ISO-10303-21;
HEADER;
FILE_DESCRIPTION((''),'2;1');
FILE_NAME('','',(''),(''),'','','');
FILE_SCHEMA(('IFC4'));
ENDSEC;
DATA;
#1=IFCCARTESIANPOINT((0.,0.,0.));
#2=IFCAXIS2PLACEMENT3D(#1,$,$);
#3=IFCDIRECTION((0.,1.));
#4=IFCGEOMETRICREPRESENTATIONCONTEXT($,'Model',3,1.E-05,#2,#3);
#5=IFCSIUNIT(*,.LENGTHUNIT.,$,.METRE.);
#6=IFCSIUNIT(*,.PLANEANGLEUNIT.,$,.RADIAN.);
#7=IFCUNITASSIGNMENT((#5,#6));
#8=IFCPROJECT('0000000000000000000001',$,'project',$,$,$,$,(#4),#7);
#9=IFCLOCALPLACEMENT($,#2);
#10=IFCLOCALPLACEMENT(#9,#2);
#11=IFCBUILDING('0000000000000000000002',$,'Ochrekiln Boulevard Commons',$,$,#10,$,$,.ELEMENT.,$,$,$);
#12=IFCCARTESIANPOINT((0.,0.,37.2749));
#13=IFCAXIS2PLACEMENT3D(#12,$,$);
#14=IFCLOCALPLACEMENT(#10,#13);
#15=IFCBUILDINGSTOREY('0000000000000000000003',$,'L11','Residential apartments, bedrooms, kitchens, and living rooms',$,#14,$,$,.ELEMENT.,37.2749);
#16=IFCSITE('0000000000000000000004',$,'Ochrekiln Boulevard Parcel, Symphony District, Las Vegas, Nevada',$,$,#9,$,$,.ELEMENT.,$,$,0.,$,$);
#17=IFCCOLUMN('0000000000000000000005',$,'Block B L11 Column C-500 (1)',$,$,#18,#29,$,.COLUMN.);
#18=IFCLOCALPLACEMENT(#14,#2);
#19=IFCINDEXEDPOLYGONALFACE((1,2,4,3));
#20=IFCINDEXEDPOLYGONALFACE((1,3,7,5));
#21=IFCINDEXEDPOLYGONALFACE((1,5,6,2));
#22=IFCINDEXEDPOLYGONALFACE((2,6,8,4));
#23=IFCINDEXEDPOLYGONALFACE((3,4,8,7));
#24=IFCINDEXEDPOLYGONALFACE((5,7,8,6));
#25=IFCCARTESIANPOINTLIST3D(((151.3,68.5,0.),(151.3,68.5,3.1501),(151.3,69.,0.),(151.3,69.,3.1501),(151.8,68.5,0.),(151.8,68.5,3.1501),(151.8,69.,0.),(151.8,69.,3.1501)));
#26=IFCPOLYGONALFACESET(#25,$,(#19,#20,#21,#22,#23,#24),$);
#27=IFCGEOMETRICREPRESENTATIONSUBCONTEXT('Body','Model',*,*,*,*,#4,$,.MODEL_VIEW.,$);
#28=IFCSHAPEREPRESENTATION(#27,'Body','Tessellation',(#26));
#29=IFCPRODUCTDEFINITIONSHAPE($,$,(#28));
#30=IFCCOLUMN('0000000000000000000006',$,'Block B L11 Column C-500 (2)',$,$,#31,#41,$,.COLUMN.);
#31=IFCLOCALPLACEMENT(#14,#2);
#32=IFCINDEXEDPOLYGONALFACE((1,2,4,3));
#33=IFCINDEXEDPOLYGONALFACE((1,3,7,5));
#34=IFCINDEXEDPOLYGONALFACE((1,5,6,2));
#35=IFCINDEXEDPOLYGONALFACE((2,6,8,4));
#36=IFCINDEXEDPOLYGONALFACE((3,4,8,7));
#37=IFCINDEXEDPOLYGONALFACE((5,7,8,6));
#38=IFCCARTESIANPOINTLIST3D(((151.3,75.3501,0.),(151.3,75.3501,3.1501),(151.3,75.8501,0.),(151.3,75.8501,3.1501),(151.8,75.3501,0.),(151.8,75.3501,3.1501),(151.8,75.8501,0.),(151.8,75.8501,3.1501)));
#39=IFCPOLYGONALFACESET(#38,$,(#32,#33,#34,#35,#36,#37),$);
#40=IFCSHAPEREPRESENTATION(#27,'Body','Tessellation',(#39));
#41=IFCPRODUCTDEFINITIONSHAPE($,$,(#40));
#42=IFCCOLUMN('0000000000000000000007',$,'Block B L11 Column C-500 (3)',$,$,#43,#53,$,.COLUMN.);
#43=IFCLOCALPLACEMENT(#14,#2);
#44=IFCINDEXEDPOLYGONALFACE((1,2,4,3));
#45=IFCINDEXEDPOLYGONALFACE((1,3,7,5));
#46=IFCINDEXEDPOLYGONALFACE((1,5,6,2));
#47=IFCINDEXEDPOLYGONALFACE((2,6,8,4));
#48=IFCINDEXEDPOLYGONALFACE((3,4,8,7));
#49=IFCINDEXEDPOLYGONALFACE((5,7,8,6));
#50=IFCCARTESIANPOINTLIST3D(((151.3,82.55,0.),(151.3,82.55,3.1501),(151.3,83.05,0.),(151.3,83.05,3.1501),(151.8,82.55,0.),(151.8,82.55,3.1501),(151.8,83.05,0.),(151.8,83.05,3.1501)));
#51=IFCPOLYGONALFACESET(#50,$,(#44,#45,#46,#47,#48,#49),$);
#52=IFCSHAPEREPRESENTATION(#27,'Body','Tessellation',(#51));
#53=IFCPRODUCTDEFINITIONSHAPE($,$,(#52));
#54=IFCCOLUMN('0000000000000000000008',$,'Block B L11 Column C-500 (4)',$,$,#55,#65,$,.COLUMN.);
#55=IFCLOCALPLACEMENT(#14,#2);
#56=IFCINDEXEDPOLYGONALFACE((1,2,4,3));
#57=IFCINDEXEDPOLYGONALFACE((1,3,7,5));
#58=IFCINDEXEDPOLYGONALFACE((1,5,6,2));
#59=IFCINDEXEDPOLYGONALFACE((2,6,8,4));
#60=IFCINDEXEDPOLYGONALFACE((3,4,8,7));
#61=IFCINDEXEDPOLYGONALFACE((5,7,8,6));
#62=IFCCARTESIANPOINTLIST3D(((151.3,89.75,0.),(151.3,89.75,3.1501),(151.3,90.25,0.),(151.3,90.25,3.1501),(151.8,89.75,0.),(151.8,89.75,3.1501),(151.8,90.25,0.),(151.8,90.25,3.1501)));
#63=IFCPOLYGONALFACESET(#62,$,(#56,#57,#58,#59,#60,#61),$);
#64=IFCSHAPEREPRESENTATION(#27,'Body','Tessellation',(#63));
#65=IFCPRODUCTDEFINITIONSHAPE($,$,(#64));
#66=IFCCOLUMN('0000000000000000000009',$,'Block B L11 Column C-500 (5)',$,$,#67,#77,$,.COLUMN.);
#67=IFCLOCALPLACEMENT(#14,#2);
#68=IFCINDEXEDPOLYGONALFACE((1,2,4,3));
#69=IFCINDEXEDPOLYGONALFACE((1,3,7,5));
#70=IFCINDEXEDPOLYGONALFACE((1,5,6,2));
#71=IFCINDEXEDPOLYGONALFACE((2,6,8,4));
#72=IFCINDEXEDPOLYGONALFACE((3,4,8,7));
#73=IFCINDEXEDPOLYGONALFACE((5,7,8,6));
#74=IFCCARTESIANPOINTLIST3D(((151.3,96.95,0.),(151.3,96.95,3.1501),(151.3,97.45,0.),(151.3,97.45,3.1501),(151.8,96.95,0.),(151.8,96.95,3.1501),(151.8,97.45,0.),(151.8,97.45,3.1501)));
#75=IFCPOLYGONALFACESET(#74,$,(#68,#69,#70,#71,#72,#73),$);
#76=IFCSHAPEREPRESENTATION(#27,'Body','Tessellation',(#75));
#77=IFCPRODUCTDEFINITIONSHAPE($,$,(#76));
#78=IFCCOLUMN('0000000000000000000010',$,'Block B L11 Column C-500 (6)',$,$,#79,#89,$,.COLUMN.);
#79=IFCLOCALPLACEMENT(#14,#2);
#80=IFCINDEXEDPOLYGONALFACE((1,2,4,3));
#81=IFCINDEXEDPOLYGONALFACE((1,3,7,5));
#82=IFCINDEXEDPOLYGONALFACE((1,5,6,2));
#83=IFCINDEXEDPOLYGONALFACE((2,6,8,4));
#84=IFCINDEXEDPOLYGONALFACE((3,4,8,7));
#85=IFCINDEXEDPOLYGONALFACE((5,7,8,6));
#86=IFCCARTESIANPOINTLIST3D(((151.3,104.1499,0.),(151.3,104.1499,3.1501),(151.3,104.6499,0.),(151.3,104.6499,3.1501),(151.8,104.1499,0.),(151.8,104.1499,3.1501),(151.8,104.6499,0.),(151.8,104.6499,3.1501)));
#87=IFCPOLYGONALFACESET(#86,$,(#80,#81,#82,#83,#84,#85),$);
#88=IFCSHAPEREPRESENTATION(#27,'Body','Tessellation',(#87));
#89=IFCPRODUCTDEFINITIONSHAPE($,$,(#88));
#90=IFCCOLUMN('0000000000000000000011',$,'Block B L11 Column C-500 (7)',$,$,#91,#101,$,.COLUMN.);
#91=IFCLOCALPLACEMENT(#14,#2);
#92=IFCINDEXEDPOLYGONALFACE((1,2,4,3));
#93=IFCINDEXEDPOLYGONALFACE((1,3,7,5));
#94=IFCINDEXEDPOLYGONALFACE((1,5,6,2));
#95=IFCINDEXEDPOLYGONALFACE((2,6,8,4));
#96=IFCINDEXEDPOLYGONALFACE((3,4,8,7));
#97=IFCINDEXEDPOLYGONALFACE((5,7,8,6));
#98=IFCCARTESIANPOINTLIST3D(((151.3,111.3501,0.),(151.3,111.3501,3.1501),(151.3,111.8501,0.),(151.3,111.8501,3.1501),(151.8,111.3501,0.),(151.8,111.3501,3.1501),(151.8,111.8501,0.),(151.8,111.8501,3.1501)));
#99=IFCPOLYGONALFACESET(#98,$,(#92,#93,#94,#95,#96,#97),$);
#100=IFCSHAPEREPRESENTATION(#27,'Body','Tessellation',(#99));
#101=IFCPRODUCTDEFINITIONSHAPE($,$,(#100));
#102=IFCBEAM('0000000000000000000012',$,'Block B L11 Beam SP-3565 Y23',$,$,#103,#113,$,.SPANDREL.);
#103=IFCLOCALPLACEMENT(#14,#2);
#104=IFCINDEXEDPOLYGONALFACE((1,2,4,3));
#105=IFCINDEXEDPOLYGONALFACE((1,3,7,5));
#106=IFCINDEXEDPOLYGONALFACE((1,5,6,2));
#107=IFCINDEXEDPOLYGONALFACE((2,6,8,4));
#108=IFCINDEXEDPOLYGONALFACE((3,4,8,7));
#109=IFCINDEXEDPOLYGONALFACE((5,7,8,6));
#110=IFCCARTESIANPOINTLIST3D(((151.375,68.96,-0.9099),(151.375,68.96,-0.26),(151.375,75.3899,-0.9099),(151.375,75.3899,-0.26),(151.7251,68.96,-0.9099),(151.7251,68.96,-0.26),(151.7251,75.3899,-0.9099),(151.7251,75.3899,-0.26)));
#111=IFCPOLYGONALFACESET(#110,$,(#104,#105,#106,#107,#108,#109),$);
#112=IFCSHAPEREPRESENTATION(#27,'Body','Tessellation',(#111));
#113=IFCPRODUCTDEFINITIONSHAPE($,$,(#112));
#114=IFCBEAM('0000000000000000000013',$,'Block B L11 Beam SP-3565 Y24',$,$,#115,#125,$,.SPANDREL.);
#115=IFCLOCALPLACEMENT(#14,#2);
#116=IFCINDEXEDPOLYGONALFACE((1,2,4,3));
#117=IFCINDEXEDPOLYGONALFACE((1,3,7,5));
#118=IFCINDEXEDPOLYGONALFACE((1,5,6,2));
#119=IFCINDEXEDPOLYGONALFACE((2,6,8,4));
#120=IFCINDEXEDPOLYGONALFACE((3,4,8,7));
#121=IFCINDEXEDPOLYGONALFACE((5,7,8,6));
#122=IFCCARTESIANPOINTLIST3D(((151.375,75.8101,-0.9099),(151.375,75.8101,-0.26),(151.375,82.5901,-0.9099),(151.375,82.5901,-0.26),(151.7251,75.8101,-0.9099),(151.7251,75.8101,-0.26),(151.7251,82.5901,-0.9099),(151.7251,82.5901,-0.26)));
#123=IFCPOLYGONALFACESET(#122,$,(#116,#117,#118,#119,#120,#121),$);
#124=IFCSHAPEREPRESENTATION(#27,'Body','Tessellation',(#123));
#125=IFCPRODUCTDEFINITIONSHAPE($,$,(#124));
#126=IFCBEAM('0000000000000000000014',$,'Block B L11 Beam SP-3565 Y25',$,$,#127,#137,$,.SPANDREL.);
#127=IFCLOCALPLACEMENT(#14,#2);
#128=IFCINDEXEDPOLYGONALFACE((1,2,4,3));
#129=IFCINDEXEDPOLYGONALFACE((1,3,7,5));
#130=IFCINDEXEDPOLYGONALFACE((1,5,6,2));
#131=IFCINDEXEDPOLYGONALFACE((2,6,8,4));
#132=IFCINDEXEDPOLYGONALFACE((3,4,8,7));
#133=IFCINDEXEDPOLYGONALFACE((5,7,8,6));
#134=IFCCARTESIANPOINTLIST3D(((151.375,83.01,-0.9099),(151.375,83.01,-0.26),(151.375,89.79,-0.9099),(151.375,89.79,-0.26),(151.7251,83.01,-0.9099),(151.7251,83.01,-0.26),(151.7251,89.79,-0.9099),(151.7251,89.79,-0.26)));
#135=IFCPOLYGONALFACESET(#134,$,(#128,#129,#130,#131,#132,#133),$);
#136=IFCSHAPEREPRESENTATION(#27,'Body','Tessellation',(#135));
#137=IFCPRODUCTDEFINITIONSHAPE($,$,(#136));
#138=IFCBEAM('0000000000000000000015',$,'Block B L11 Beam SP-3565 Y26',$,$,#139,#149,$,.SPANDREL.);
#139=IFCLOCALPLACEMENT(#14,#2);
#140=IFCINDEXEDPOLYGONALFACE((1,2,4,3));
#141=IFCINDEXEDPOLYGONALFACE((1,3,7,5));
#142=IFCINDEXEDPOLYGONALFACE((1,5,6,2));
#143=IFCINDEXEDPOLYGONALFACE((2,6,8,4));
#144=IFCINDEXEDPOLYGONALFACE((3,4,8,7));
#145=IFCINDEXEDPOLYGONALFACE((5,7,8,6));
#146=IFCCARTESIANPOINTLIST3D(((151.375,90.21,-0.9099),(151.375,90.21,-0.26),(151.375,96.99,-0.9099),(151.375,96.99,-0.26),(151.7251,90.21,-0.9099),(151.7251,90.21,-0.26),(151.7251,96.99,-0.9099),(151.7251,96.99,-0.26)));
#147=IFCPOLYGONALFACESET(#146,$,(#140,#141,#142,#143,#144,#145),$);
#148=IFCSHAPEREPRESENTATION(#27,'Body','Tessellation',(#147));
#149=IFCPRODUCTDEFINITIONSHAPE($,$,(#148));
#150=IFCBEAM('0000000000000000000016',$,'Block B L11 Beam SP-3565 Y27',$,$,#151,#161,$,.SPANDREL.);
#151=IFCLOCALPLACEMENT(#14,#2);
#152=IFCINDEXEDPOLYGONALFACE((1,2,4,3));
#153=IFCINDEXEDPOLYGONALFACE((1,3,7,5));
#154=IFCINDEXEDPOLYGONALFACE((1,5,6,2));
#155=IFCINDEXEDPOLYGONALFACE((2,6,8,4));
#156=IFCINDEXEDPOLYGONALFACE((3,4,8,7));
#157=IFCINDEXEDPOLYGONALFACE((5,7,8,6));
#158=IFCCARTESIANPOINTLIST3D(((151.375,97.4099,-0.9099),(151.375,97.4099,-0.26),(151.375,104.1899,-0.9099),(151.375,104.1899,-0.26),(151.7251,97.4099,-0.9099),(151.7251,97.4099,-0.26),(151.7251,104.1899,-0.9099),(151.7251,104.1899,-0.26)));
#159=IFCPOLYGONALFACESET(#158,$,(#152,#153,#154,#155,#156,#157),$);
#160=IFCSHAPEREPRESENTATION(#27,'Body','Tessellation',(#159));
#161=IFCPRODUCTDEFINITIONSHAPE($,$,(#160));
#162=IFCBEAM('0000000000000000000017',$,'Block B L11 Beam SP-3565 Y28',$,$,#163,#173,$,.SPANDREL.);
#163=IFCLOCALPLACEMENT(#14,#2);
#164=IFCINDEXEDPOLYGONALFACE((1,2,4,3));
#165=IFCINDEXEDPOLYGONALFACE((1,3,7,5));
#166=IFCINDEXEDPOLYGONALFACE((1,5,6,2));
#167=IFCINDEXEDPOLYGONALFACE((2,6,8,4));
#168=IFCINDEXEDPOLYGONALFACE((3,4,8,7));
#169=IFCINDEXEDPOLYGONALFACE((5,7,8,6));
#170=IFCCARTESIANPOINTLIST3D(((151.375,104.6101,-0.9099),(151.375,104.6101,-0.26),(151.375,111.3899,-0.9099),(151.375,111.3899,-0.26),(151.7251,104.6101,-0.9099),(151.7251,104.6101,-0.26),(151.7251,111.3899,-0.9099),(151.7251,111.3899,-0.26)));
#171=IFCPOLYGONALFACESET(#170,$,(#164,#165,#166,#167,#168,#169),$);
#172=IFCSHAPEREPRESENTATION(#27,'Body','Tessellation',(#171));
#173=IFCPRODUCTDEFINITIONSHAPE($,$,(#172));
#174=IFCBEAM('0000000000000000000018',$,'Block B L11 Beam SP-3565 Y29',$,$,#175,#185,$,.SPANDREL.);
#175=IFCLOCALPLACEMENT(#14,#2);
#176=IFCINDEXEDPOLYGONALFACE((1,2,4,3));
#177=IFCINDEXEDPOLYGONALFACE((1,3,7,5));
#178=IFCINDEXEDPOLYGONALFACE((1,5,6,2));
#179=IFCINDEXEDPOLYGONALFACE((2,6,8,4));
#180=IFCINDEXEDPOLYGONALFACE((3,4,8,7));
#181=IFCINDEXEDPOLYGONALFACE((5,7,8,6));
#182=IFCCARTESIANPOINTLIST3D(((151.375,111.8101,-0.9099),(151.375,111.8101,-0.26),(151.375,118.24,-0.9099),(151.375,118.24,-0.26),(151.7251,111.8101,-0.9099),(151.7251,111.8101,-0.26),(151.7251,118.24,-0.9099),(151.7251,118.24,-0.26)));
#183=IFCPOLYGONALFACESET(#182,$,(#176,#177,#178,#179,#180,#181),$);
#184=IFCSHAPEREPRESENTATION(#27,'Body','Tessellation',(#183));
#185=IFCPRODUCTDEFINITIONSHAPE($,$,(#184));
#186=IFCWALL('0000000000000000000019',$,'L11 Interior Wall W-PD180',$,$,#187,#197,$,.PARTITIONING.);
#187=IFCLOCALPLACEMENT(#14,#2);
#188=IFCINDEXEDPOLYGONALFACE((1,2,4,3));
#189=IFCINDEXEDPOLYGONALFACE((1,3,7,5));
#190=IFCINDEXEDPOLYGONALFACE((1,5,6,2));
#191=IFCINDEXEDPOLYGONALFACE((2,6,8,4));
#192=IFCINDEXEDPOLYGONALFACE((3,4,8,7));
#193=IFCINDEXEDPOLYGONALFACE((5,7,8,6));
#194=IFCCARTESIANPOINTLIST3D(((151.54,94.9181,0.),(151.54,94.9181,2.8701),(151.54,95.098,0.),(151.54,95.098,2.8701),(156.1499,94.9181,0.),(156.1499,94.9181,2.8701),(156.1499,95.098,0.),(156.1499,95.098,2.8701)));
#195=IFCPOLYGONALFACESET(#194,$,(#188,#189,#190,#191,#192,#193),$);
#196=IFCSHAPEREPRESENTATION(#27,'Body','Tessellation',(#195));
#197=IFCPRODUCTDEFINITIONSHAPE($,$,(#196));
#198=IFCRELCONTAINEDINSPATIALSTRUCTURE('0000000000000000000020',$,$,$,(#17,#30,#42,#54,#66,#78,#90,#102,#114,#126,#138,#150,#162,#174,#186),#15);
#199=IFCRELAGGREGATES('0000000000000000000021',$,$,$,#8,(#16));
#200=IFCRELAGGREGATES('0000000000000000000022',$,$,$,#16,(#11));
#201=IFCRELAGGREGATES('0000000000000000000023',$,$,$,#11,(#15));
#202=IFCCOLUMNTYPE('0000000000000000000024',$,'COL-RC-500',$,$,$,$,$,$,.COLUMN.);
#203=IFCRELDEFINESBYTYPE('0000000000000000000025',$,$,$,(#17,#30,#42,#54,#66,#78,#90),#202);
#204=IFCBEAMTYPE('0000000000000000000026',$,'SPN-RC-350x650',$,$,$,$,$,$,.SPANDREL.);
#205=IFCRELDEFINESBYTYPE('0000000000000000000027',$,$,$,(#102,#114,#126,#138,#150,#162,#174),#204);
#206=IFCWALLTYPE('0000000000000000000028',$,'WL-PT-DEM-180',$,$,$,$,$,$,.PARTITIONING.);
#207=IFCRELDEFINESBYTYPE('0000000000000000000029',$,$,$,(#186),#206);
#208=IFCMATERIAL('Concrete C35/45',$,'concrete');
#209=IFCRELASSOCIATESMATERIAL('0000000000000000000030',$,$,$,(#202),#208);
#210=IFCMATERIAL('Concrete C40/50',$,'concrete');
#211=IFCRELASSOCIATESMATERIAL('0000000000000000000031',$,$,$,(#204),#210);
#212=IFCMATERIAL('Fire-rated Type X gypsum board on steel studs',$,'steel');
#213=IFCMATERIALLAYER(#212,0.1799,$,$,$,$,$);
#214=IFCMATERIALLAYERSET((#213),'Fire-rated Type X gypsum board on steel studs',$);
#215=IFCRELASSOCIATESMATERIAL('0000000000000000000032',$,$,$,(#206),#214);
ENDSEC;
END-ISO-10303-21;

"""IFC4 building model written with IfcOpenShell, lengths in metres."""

from ifc_helpers import new_model, si_unit, direction, frame, frame_2d, origin, origin_2d, place, context, subcontext, project, spatial, rectangle, extrude, material, layer, layer_set, material_profile, profile_set, type_object, element, save


model = new_model("IFC4")

# Units and contexts
model_context = context("Model", 3, precision=1e-05, world=origin(), true_north=direction((0.0, 1.0)))
body_context = subcontext(model_context, "Body", "Model", "MODEL_VIEW")
ifc_project = project(units=[si_unit("LENGTHUNIT", "METRE"), si_unit("PLANEANGLEUNIT", "RADIAN")], contexts=[model_context])

# Site, building, storey
site_placement = place(None, origin())
site = spatial("IfcSite", under=ifc_project, at=site_placement, Name="Ochrekiln Boulevard Parcel, Symphony District, Las Vegas, Nevada", CompositionType="ELEMENT", RefElevation=0.0)
building_placement = place(site_placement, origin())
building = spatial("IfcBuilding", under=site, at=building_placement, Name="Ochrekiln Boulevard Commons", CompositionType="ELEMENT")
storey_placement = place(building_placement, frame((0.0, 0.0, 37.2749)))
storey = spatial("IfcBuildingStorey", under=building, at=storey_placement, Name="L11", Description="Residential apartments, bedrooms, kitchens, and living rooms", CompositionType="ELEMENT", Elevation=37.2749)

# Columns
ifc_material_1 = material(Name="Concrete C35/45", Category="concrete")
ifc_material_profile_1 = material_profile(ifc_material_1, rectangle(XDim=0.5, YDim=0.5, at=origin_2d()), Name="RC-COL-500x500")
ifc_profile_set_1 = profile_set([ifc_material_profile_1], Name="Concrete C35/45")
column_type = type_object("IfcColumnType", Name="COL-RC-500", PredefinedType="COLUMN", material=ifc_profile_set_1)
for number, where, z_axis, x_axis, name in (
    (1, (151.55, 68.75, 0.0), (0.0, 0.0, 1.0), (1.0, 0.0, 0.0), "Block B L11 Column C-500 (1)"),
    (2, (151.55, 75.6001, 0.0), (0.0, 0.0, 1.0), (1.0, 0.0, 0.0), "Block B L11 Column C-500 (2)"),
    (3, (151.55, 82.8, 0.0), (0.0, 0.0, 1.0), (1.0, 0.0, 0.0), "Block B L11 Column C-500 (3)"),
    (4, (151.55, 90.0, 0.0), (0.0, 0.0, 1.0), (1.0, 0.0, 0.0), "Block B L11 Column C-500 (4)"),
    (5, (151.55, 97.2, 0.0), (0.0, 0.0, 1.0), (1.0, 0.0, 0.0), "Block B L11 Column C-500 (5)"),
    (6, (151.55, 104.3999, 0.0), (0.0, 0.0, 1.0), (1.0, 0.0, 0.0), "Block B L11 Column C-500 (6)"),
    (7, (151.55, 111.6001, 0.0), (0.0, 0.0, 1.0), (1.0, 0.0, 0.0), "Block B L11 Column C-500 (7)"),
):
    element("IfcColumn", number, at=place(storey_placement, frame(where, z_axis=z_axis, x_axis=x_axis)), inside=storey, type_object=column_type, Name=name, PredefinedType="COLUMN", context=body_context, shape_type="SweptSolid", body=[
        extrude(rectangle(XDim=0.5, YDim=0.5, at=origin_2d()), origin(), (0.0, 0.0, 1.0), 3.1501),
    ])

# Beams
ifc_material_2 = material(Name="Concrete C40/50", Category="concrete")
ifc_material_profile_2 = material_profile(ifc_material_2, rectangle(XDim=0.3501, YDim=0.6499, at=origin_2d()), Name="RC-SPN-350x650")
ifc_profile_set_2 = profile_set([ifc_material_profile_2], Name="Concrete C40/50")
beam_type = type_object("IfcBeamType", Name="SPN-RC-350x650", PredefinedType="SPANDREL", material=ifc_profile_set_2)
beam_1_placement = place(storey_placement, frame((151.55, 68.96, -0.585), z_axis=(0.0, 1.0, 0.0), x_axis=(-1.0, 0.0, 0.0)))
element("IfcBeam", 8, at=beam_1_placement, inside=storey, type_object=beam_type, Name="Block B L11 Beam SP-3565 Y23", PredefinedType="SPANDREL", context=body_context, shape_type="SweptSolid", body=[
    extrude(rectangle(XDim=0.3501, YDim=0.6499, at=origin_2d()), origin(), (0.0, 0.0, 1.0), 6.4299),
])
for number, where, z_axis, x_axis, name in (
    (9, (151.55, 75.8101, -0.585), (0.0, 1.0, 0.0), (-1.0, 0.0, 0.0), "Block B L11 Beam SP-3565 Y24"),
    (10, (151.55, 83.01, -0.585), (0.0, 1.0, 0.0), (-1.0, 0.0, 0.0), "Block B L11 Beam SP-3565 Y25"),
    (11, (151.55, 90.21, -0.585), (0.0, 1.0, 0.0), (-1.0, 0.0, 0.0), "Block B L11 Beam SP-3565 Y26"),
    (12, (151.55, 97.4099, -0.585), (0.0, 1.0, 0.0), (-1.0, 0.0, 0.0), "Block B L11 Beam SP-3565 Y27"),
):
    element("IfcBeam", number, at=place(storey_placement, frame(where, z_axis=z_axis, x_axis=x_axis)), inside=storey, type_object=beam_type, Name=name, PredefinedType="SPANDREL", context=body_context, shape_type="SweptSolid", body=[
        extrude(rectangle(XDim=0.3501, YDim=0.6499, at=origin_2d()), origin(), (0.0, 0.0, 1.0), 6.78),
    ])
beam_2_placement = place(storey_placement, frame((151.55, 104.6101, -0.585), z_axis=(0.0, 1.0, 0.0), x_axis=(-1.0, 0.0, 0.0)))
element("IfcBeam", 13, at=beam_2_placement, inside=storey, type_object=beam_type, Name="Block B L11 Beam SP-3565 Y28", PredefinedType="SPANDREL", context=body_context, shape_type="SweptSolid", body=[
    extrude(rectangle(XDim=0.3501, YDim=0.6499, at=origin_2d()), origin(), (0.0, 0.0, 1.0), 6.7798),
])
beam_3_placement = place(storey_placement, frame((151.55, 111.8101, -0.585), z_axis=(0.0, 1.0, 0.0), x_axis=(-1.0, 0.0, 0.0)))
element("IfcBeam", 14, at=beam_3_placement, inside=storey, type_object=beam_type, Name="Block B L11 Beam SP-3565 Y29", PredefinedType="SPANDREL", context=body_context, shape_type="SweptSolid", body=[
    extrude(rectangle(XDim=0.3501, YDim=0.6499, at=origin_2d()), origin(), (0.0, 0.0, 1.0), 6.4299),
])

# Wall
ifc_material_3 = material(Name="Fire-rated Type X gypsum board on steel studs", Category="steel")
ifc_layer_1 = layer(ifc_material_3, 0.1799)
ifc_layer_set_1 = layer_set([ifc_layer_1], Name="Fire-rated Type X gypsum board on steel studs")
wall_type_1 = type_object("IfcWallType", Name="WL-PT-DEM-180", PredefinedType="PARTITIONING", material=ifc_layer_set_1)
wall_1_placement = place(storey_placement, frame((151.54, 95.0081, 0.0), z_axis=(0.0, 0.0, 1.0), x_axis=(1.0, 0.0, 0.0)))
element("IfcWall", 15, at=wall_1_placement, inside=storey, type_object=wall_type_1, Name="L11 Interior Wall W-PD180", PredefinedType="PARTITIONING", context=body_context, shape_type="SweptSolid", body=[
    extrude(rectangle(XDim=4.6099, YDim=0.1799, at=frame_2d((2.3049, 0.0))), origin(), (0.0, 0.0, 1.0), 2.8701),
])

save(model, "model.ifc")
